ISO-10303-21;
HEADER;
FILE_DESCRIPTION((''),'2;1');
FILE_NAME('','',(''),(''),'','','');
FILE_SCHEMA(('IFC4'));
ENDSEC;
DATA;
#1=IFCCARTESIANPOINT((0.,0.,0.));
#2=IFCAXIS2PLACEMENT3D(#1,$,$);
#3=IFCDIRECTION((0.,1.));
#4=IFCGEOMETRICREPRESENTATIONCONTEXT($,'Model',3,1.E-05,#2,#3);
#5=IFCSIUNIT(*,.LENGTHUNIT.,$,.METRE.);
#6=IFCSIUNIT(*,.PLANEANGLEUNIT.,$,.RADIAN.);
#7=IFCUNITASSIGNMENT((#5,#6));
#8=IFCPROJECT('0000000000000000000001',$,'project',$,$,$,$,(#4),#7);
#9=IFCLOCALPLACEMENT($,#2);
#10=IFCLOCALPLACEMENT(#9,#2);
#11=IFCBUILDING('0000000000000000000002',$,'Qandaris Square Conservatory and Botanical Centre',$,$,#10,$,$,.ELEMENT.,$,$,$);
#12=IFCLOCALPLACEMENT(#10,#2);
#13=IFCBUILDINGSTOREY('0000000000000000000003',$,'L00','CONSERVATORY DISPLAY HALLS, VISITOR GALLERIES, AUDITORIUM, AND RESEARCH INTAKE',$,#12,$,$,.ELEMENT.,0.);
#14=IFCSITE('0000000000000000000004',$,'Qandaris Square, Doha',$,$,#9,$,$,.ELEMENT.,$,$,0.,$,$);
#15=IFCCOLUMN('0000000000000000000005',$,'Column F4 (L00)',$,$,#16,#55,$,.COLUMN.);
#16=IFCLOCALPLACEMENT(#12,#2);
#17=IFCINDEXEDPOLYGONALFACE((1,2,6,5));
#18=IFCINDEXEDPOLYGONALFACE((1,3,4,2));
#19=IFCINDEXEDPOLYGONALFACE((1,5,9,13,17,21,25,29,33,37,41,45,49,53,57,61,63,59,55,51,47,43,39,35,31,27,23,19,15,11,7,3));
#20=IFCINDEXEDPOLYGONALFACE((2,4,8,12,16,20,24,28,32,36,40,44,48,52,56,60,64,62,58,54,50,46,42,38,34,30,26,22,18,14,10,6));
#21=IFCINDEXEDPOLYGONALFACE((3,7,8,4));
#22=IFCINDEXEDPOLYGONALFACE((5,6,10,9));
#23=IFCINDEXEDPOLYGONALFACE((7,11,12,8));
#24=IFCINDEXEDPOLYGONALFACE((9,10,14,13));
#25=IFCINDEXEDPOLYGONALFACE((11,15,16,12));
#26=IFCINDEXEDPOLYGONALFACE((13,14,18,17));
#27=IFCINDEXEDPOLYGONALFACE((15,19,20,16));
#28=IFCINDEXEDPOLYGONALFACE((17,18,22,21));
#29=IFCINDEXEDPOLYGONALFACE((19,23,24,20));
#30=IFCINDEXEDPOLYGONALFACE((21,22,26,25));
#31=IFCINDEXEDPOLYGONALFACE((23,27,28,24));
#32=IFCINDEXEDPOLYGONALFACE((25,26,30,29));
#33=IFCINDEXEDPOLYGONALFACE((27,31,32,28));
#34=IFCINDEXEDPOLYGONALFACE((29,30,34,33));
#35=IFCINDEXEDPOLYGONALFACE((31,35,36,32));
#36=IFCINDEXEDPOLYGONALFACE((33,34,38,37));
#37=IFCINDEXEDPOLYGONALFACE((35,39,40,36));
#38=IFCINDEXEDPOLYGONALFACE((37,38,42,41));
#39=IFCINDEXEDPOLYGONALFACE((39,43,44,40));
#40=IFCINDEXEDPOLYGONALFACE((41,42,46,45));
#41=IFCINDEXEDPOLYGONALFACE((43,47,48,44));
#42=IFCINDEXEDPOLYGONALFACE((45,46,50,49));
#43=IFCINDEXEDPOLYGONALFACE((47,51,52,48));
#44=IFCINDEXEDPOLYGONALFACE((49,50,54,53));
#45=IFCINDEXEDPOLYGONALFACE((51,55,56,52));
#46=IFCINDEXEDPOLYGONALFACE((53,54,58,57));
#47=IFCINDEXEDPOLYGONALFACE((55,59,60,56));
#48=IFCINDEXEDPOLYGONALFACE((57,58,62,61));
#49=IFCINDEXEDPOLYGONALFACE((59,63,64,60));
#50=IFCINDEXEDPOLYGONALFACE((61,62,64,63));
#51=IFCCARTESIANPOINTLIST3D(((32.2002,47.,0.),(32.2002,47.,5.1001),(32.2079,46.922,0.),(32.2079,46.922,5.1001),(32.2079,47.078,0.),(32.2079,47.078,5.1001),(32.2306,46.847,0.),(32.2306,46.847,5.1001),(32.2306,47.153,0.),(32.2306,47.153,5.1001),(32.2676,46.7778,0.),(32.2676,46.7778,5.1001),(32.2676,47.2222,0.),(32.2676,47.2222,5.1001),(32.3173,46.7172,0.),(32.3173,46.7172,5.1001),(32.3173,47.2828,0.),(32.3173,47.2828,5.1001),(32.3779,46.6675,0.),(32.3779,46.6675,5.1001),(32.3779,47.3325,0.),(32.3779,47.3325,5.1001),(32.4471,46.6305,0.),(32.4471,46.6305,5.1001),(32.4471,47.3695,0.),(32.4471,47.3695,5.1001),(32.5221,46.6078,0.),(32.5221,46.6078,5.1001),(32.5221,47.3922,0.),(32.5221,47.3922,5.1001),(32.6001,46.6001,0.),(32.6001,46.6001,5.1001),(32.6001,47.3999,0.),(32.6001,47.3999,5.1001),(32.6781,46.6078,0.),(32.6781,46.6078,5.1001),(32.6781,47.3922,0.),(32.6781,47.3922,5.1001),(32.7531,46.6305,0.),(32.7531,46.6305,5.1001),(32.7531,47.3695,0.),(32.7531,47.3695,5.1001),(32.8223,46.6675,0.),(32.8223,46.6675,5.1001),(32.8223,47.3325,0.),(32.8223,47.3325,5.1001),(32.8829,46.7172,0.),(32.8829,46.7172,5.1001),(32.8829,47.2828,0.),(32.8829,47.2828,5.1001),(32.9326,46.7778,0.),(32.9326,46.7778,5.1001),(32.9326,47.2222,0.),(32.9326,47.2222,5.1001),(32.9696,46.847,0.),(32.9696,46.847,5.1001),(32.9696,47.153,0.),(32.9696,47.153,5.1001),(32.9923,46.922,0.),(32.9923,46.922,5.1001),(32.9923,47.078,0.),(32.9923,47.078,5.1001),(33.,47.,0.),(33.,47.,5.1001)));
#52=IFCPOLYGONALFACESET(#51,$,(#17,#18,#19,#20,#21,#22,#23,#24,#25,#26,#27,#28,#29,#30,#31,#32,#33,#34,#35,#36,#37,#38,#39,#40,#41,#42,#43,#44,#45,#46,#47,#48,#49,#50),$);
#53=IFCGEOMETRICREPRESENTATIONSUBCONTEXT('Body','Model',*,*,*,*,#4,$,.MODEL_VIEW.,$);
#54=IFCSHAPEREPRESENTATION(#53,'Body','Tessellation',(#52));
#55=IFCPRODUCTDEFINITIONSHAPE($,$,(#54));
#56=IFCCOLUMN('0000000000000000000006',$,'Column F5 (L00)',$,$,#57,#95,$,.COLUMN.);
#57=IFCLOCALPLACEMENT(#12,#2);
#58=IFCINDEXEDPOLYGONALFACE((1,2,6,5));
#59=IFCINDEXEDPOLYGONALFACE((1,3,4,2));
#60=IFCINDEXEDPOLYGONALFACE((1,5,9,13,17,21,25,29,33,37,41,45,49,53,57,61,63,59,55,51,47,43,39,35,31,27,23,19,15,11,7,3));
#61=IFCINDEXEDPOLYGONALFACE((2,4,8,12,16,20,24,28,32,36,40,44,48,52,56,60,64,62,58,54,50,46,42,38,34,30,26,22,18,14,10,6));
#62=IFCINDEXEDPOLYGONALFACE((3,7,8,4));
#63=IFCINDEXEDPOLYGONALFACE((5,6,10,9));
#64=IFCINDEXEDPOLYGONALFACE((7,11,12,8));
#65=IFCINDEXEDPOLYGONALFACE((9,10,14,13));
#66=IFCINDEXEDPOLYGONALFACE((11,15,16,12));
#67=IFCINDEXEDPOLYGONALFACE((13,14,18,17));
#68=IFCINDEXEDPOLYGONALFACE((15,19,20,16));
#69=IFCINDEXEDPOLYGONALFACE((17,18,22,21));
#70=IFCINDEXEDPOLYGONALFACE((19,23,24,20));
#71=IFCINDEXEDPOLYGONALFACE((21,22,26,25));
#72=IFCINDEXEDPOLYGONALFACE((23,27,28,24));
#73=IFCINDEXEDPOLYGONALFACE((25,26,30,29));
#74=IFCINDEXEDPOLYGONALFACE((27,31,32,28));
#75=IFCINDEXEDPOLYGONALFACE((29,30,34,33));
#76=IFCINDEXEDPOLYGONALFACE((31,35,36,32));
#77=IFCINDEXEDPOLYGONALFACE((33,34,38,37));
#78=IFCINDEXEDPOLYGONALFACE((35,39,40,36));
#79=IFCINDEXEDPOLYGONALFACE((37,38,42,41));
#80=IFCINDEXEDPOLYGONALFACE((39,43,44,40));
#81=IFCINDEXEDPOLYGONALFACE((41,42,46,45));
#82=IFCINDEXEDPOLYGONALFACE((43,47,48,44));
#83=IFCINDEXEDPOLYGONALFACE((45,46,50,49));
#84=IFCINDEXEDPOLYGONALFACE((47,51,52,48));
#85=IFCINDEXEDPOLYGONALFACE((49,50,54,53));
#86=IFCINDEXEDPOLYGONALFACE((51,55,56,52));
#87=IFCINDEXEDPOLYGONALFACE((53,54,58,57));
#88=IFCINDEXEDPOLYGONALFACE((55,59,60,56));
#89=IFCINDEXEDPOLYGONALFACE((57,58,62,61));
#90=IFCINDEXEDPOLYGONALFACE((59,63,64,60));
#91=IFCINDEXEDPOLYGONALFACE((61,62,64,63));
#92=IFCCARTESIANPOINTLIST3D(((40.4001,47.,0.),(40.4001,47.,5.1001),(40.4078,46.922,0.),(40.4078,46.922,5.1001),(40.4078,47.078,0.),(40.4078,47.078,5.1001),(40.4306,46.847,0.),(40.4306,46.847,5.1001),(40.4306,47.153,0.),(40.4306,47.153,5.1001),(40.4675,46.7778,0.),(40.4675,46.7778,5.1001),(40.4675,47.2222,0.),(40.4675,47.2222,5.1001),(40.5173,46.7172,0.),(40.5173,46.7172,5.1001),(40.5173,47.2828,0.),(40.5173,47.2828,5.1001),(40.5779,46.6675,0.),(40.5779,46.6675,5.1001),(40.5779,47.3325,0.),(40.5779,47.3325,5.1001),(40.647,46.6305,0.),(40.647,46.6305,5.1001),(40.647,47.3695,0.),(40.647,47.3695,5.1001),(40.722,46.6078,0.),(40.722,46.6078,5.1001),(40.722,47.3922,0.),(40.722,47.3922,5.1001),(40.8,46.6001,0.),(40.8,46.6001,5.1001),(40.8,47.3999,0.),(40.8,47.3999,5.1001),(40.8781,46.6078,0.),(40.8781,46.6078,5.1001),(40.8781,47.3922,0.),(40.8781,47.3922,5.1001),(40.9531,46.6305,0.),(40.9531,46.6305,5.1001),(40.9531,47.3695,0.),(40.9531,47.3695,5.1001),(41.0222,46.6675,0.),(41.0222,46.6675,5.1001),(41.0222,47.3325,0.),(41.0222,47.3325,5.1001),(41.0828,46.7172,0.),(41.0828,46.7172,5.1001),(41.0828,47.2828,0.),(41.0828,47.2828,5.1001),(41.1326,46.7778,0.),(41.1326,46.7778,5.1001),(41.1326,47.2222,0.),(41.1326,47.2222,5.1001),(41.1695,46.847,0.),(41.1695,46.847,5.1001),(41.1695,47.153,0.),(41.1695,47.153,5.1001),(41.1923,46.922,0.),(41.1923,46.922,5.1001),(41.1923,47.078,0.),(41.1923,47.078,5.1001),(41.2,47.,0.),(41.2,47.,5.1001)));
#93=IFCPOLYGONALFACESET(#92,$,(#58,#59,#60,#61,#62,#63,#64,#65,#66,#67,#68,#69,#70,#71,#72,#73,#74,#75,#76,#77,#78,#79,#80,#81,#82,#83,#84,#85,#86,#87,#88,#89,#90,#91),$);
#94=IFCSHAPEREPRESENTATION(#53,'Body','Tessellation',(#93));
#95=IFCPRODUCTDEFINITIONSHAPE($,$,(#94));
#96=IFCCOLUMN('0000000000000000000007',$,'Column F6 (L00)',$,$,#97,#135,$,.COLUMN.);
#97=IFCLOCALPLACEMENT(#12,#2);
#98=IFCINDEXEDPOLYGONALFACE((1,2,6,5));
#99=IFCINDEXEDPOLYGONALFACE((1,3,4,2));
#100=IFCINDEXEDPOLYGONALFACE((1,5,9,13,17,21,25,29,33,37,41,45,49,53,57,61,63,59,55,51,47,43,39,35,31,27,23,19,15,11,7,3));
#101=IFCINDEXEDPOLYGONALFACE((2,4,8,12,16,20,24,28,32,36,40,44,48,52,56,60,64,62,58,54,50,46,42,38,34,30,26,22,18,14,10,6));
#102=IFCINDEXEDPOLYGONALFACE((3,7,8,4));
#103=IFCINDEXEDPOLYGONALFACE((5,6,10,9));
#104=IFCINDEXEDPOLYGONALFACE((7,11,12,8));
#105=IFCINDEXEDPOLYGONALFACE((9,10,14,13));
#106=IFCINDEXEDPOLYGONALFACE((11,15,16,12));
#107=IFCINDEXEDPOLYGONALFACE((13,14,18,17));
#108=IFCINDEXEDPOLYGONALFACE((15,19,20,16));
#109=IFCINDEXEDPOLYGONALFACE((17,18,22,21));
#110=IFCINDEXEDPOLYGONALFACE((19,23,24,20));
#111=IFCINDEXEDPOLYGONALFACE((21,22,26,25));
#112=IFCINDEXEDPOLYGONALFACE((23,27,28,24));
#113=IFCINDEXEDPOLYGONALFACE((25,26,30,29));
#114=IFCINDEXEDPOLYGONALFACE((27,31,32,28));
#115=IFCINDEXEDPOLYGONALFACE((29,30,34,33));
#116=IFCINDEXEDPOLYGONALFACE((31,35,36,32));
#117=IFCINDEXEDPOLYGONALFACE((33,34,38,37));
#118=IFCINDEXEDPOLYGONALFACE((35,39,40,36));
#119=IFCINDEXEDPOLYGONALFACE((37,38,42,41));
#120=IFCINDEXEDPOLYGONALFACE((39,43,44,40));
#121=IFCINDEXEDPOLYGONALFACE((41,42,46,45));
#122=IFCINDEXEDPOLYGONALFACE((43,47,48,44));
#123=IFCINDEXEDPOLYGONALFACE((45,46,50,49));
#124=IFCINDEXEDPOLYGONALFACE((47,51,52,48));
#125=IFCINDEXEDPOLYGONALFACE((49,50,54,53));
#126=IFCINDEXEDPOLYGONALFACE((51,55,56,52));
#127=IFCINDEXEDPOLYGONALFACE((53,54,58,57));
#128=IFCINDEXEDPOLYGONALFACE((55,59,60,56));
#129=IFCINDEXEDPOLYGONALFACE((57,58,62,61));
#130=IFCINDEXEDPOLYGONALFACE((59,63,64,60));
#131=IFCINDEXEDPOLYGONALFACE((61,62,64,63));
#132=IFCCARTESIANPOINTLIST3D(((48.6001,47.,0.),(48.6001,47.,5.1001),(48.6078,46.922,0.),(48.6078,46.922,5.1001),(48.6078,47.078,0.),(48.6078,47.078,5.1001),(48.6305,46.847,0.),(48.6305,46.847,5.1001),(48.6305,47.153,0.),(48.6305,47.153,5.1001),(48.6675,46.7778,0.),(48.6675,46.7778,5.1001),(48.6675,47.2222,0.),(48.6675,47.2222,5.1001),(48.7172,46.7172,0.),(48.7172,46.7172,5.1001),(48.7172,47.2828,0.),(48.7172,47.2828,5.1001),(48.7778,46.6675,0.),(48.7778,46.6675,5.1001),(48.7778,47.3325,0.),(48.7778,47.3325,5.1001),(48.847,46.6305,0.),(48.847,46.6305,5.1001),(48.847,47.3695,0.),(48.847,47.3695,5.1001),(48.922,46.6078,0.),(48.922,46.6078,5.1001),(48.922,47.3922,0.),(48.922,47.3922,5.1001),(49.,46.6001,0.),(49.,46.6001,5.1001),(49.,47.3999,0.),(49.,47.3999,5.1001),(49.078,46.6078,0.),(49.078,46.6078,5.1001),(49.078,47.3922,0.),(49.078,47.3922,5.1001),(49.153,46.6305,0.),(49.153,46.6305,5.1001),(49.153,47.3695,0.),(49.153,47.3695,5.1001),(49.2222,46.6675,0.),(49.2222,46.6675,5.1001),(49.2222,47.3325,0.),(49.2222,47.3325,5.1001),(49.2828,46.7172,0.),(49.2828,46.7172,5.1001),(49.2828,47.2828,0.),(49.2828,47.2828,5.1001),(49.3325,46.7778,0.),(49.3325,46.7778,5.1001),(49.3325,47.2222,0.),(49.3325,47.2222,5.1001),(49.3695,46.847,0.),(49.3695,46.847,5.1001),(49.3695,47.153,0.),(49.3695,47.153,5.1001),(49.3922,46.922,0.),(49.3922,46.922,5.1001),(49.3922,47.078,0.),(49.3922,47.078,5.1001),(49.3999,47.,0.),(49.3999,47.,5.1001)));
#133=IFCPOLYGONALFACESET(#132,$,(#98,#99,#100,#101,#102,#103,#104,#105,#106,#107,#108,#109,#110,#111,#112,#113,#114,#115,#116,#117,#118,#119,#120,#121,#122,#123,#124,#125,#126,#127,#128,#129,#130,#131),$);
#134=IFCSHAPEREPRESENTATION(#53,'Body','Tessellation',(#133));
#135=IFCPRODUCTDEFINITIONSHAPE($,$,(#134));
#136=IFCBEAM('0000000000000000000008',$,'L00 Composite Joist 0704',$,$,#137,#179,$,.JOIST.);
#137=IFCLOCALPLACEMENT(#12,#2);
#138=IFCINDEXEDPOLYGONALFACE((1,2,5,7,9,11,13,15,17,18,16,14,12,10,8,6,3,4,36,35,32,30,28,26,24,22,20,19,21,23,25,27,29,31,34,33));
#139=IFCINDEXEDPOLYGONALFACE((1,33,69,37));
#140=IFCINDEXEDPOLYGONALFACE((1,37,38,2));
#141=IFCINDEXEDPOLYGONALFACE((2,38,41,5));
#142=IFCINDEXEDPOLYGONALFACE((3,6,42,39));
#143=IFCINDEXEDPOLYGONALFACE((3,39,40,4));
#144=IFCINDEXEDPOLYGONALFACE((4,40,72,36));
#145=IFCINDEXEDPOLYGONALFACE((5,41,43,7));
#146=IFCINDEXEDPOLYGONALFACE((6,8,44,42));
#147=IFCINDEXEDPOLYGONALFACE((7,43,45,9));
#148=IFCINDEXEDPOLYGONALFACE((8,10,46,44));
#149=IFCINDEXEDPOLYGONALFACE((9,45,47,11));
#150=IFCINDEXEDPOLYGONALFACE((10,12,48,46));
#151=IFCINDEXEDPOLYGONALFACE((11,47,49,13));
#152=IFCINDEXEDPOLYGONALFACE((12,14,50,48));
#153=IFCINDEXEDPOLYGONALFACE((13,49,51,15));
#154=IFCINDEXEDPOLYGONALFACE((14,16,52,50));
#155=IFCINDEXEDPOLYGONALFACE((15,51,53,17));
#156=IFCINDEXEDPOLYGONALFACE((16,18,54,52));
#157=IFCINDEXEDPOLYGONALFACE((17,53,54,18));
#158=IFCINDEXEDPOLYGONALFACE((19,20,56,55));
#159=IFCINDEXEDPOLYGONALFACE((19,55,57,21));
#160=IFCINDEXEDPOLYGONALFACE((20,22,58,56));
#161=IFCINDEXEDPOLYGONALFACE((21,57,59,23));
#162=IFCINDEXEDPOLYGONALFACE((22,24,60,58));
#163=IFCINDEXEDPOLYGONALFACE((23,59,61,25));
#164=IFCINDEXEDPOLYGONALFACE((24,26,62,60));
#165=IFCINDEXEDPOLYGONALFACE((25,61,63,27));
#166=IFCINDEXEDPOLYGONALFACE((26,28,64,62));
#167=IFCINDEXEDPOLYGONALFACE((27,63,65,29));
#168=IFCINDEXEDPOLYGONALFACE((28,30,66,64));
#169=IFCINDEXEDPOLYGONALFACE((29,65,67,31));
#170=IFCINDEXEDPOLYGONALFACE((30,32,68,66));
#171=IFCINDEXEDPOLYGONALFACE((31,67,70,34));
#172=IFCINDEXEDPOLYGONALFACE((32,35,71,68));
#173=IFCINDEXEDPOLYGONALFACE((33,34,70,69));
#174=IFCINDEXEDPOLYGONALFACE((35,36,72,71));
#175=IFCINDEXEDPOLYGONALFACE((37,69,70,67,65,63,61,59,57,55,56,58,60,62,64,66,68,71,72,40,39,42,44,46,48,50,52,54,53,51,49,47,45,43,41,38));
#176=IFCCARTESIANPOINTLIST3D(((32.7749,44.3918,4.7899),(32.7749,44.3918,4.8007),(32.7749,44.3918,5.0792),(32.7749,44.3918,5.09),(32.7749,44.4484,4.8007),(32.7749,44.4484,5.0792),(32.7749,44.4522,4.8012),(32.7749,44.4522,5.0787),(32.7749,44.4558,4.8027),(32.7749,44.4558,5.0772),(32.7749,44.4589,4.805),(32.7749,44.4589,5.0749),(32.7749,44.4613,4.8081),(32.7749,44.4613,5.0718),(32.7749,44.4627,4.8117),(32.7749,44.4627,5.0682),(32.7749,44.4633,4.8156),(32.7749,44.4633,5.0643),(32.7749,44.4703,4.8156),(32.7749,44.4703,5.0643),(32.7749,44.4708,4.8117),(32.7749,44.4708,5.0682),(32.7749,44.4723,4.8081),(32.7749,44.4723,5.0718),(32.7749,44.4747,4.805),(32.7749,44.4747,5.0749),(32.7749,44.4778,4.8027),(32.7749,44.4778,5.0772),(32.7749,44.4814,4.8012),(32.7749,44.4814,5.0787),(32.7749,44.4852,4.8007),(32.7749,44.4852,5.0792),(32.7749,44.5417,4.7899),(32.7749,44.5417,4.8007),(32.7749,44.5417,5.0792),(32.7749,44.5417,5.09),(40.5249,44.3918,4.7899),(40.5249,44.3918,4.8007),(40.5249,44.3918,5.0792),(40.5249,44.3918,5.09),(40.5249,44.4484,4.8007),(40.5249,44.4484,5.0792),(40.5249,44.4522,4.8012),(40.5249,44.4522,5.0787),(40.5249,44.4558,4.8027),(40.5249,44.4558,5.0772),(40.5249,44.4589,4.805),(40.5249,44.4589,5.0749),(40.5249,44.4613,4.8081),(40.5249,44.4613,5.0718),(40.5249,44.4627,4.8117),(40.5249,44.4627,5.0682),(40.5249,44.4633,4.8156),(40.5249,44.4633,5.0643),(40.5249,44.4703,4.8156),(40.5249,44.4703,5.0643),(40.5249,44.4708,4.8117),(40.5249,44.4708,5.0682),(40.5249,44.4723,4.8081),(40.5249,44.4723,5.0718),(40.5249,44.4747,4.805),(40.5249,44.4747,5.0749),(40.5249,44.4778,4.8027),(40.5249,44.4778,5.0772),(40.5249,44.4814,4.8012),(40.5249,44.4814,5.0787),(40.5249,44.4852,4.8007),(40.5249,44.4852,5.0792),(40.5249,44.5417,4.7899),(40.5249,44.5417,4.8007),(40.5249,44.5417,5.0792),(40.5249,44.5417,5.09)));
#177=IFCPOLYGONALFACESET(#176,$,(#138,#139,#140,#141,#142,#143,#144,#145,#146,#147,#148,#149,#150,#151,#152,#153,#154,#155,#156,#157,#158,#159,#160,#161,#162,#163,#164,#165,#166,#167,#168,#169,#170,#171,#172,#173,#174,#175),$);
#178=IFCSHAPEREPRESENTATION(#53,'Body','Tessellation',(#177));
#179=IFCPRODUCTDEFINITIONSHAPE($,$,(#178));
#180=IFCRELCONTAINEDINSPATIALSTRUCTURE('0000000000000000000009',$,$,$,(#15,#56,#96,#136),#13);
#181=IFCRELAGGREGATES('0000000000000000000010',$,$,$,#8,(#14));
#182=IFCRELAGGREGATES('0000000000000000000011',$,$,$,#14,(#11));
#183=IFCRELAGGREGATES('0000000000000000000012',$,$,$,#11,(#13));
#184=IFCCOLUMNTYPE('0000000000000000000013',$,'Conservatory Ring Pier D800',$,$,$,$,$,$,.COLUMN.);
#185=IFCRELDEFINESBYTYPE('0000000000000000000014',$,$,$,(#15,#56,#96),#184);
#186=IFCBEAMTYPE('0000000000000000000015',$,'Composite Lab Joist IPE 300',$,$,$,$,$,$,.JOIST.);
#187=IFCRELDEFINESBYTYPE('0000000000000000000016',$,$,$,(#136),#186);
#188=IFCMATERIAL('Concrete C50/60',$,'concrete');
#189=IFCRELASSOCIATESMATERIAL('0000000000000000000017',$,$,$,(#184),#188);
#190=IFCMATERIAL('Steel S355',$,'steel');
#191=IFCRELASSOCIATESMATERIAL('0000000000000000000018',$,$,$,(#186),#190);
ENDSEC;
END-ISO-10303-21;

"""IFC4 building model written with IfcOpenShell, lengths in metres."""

from ifc_helpers import new_model, si_unit, direction, frame, origin, origin_2d, place, context, subcontext, project, spatial, circle, i_section, extrude, material, material_profile, profile_set, type_object, element, save


model = new_model("IFC4")

# Units and contexts
model_context = context("Model", 3, precision=1e-05, world=origin(), true_north=direction((0.0, 1.0)))
body_context = subcontext(model_context, "Body", "Model", "MODEL_VIEW")
ifc_project = project(units=[si_unit("LENGTHUNIT", "METRE"), si_unit("PLANEANGLEUNIT", "RADIAN")], contexts=[model_context])

# Site, building, storey
site_placement = place(None, origin())
site = spatial("IfcSite", under=ifc_project, at=site_placement, Name="Qandaris Square, Doha", CompositionType="ELEMENT", RefElevation=0.0)
building_placement = place(site_placement, origin())
building = spatial("IfcBuilding", under=site, at=building_placement, Name="Qandaris Square Conservatory and Botanical Centre", CompositionType="ELEMENT")
storey_placement = place(building_placement, origin())
storey = spatial("IfcBuildingStorey", under=building, at=storey_placement, Name="L00", Description="CONSERVATORY DISPLAY HALLS, VISITOR GALLERIES, AUDITORIUM, AND RESEARCH INTAKE", CompositionType="ELEMENT", Elevation=0.0)

# Columns
ifc_material_1 = material(Name="Concrete C50/60", Category="concrete")
ifc_material_profile_1 = material_profile(ifc_material_1, circle(Radius=0.3999, at=origin_2d()), Name="RC-COL D800")
ifc_profile_set_1 = profile_set([ifc_material_profile_1], Name="Concrete C50/60")
column_type = type_object("IfcColumnType", Name="Conservatory Ring Pier D800", PredefinedType="COLUMN", material=ifc_profile_set_1)
for number, where, z_axis, x_axis, name in (
    (1, (32.6001, 47.0, 0.0), (0.0, 0.0, 1.0), (1.0, 0.0, 0.0), "Column F4 (L00)"),
    (2, (40.8, 47.0, 0.0), (0.0, 0.0, 1.0), (1.0, 0.0, 0.0), "Column F5 (L00)"),
    (3, (49.0, 47.0, 0.0), (0.0, 0.0, 1.0), (1.0, 0.0, 0.0), "Column F6 (L00)"),
):
    element("IfcColumn", number, at=place(storey_placement, frame(where, z_axis=z_axis, x_axis=x_axis)), inside=storey, type_object=column_type, Name=name, PredefinedType="COLUMN", context=body_context, shape_type="SweptSolid", body=[
        extrude(circle(Radius=0.3999, at=origin_2d()), origin(), (0.0, 0.0, 1.0), 5.1001),
    ])

# Beam
ifc_material_2 = material(Name="Steel S355", Category="steel")
ifc_material_profile_2 = material_profile(ifc_material_2, i_section(OverallWidth=0.1499, OverallDepth=0.3, WebThickness=0.0071, FlangeThickness=0.0107, FilletRadius=0.0149, at=origin_2d()), Name="IPE 300")
ifc_profile_set_2 = profile_set([ifc_material_profile_2], Name="Steel S355")
beam_type_1 = type_object("IfcBeamType", Name="Composite Lab Joist IPE 300", PredefinedType="JOIST", material=ifc_profile_set_2)
beam_1_placement = place(storey_placement, frame((32.7749, 44.4668, 4.9399), z_axis=(1.0, 0.0, 0.0), x_axis=(0.0, 1.0, 0.0)))
element("IfcBeam", 4, at=beam_1_placement, inside=storey, type_object=beam_type_1, Name="L00 Composite Joist 0704", PredefinedType="JOIST", context=body_context, shape_type="SweptSolid", body=[
    extrude(i_section(OverallWidth=0.1499, OverallDepth=0.3, WebThickness=0.0071, FlangeThickness=0.0107, FilletRadius=0.0149, at=origin_2d()), origin(), (0.0, 0.0, 1.0), 7.75),
])

save(model, "model.ifc")
